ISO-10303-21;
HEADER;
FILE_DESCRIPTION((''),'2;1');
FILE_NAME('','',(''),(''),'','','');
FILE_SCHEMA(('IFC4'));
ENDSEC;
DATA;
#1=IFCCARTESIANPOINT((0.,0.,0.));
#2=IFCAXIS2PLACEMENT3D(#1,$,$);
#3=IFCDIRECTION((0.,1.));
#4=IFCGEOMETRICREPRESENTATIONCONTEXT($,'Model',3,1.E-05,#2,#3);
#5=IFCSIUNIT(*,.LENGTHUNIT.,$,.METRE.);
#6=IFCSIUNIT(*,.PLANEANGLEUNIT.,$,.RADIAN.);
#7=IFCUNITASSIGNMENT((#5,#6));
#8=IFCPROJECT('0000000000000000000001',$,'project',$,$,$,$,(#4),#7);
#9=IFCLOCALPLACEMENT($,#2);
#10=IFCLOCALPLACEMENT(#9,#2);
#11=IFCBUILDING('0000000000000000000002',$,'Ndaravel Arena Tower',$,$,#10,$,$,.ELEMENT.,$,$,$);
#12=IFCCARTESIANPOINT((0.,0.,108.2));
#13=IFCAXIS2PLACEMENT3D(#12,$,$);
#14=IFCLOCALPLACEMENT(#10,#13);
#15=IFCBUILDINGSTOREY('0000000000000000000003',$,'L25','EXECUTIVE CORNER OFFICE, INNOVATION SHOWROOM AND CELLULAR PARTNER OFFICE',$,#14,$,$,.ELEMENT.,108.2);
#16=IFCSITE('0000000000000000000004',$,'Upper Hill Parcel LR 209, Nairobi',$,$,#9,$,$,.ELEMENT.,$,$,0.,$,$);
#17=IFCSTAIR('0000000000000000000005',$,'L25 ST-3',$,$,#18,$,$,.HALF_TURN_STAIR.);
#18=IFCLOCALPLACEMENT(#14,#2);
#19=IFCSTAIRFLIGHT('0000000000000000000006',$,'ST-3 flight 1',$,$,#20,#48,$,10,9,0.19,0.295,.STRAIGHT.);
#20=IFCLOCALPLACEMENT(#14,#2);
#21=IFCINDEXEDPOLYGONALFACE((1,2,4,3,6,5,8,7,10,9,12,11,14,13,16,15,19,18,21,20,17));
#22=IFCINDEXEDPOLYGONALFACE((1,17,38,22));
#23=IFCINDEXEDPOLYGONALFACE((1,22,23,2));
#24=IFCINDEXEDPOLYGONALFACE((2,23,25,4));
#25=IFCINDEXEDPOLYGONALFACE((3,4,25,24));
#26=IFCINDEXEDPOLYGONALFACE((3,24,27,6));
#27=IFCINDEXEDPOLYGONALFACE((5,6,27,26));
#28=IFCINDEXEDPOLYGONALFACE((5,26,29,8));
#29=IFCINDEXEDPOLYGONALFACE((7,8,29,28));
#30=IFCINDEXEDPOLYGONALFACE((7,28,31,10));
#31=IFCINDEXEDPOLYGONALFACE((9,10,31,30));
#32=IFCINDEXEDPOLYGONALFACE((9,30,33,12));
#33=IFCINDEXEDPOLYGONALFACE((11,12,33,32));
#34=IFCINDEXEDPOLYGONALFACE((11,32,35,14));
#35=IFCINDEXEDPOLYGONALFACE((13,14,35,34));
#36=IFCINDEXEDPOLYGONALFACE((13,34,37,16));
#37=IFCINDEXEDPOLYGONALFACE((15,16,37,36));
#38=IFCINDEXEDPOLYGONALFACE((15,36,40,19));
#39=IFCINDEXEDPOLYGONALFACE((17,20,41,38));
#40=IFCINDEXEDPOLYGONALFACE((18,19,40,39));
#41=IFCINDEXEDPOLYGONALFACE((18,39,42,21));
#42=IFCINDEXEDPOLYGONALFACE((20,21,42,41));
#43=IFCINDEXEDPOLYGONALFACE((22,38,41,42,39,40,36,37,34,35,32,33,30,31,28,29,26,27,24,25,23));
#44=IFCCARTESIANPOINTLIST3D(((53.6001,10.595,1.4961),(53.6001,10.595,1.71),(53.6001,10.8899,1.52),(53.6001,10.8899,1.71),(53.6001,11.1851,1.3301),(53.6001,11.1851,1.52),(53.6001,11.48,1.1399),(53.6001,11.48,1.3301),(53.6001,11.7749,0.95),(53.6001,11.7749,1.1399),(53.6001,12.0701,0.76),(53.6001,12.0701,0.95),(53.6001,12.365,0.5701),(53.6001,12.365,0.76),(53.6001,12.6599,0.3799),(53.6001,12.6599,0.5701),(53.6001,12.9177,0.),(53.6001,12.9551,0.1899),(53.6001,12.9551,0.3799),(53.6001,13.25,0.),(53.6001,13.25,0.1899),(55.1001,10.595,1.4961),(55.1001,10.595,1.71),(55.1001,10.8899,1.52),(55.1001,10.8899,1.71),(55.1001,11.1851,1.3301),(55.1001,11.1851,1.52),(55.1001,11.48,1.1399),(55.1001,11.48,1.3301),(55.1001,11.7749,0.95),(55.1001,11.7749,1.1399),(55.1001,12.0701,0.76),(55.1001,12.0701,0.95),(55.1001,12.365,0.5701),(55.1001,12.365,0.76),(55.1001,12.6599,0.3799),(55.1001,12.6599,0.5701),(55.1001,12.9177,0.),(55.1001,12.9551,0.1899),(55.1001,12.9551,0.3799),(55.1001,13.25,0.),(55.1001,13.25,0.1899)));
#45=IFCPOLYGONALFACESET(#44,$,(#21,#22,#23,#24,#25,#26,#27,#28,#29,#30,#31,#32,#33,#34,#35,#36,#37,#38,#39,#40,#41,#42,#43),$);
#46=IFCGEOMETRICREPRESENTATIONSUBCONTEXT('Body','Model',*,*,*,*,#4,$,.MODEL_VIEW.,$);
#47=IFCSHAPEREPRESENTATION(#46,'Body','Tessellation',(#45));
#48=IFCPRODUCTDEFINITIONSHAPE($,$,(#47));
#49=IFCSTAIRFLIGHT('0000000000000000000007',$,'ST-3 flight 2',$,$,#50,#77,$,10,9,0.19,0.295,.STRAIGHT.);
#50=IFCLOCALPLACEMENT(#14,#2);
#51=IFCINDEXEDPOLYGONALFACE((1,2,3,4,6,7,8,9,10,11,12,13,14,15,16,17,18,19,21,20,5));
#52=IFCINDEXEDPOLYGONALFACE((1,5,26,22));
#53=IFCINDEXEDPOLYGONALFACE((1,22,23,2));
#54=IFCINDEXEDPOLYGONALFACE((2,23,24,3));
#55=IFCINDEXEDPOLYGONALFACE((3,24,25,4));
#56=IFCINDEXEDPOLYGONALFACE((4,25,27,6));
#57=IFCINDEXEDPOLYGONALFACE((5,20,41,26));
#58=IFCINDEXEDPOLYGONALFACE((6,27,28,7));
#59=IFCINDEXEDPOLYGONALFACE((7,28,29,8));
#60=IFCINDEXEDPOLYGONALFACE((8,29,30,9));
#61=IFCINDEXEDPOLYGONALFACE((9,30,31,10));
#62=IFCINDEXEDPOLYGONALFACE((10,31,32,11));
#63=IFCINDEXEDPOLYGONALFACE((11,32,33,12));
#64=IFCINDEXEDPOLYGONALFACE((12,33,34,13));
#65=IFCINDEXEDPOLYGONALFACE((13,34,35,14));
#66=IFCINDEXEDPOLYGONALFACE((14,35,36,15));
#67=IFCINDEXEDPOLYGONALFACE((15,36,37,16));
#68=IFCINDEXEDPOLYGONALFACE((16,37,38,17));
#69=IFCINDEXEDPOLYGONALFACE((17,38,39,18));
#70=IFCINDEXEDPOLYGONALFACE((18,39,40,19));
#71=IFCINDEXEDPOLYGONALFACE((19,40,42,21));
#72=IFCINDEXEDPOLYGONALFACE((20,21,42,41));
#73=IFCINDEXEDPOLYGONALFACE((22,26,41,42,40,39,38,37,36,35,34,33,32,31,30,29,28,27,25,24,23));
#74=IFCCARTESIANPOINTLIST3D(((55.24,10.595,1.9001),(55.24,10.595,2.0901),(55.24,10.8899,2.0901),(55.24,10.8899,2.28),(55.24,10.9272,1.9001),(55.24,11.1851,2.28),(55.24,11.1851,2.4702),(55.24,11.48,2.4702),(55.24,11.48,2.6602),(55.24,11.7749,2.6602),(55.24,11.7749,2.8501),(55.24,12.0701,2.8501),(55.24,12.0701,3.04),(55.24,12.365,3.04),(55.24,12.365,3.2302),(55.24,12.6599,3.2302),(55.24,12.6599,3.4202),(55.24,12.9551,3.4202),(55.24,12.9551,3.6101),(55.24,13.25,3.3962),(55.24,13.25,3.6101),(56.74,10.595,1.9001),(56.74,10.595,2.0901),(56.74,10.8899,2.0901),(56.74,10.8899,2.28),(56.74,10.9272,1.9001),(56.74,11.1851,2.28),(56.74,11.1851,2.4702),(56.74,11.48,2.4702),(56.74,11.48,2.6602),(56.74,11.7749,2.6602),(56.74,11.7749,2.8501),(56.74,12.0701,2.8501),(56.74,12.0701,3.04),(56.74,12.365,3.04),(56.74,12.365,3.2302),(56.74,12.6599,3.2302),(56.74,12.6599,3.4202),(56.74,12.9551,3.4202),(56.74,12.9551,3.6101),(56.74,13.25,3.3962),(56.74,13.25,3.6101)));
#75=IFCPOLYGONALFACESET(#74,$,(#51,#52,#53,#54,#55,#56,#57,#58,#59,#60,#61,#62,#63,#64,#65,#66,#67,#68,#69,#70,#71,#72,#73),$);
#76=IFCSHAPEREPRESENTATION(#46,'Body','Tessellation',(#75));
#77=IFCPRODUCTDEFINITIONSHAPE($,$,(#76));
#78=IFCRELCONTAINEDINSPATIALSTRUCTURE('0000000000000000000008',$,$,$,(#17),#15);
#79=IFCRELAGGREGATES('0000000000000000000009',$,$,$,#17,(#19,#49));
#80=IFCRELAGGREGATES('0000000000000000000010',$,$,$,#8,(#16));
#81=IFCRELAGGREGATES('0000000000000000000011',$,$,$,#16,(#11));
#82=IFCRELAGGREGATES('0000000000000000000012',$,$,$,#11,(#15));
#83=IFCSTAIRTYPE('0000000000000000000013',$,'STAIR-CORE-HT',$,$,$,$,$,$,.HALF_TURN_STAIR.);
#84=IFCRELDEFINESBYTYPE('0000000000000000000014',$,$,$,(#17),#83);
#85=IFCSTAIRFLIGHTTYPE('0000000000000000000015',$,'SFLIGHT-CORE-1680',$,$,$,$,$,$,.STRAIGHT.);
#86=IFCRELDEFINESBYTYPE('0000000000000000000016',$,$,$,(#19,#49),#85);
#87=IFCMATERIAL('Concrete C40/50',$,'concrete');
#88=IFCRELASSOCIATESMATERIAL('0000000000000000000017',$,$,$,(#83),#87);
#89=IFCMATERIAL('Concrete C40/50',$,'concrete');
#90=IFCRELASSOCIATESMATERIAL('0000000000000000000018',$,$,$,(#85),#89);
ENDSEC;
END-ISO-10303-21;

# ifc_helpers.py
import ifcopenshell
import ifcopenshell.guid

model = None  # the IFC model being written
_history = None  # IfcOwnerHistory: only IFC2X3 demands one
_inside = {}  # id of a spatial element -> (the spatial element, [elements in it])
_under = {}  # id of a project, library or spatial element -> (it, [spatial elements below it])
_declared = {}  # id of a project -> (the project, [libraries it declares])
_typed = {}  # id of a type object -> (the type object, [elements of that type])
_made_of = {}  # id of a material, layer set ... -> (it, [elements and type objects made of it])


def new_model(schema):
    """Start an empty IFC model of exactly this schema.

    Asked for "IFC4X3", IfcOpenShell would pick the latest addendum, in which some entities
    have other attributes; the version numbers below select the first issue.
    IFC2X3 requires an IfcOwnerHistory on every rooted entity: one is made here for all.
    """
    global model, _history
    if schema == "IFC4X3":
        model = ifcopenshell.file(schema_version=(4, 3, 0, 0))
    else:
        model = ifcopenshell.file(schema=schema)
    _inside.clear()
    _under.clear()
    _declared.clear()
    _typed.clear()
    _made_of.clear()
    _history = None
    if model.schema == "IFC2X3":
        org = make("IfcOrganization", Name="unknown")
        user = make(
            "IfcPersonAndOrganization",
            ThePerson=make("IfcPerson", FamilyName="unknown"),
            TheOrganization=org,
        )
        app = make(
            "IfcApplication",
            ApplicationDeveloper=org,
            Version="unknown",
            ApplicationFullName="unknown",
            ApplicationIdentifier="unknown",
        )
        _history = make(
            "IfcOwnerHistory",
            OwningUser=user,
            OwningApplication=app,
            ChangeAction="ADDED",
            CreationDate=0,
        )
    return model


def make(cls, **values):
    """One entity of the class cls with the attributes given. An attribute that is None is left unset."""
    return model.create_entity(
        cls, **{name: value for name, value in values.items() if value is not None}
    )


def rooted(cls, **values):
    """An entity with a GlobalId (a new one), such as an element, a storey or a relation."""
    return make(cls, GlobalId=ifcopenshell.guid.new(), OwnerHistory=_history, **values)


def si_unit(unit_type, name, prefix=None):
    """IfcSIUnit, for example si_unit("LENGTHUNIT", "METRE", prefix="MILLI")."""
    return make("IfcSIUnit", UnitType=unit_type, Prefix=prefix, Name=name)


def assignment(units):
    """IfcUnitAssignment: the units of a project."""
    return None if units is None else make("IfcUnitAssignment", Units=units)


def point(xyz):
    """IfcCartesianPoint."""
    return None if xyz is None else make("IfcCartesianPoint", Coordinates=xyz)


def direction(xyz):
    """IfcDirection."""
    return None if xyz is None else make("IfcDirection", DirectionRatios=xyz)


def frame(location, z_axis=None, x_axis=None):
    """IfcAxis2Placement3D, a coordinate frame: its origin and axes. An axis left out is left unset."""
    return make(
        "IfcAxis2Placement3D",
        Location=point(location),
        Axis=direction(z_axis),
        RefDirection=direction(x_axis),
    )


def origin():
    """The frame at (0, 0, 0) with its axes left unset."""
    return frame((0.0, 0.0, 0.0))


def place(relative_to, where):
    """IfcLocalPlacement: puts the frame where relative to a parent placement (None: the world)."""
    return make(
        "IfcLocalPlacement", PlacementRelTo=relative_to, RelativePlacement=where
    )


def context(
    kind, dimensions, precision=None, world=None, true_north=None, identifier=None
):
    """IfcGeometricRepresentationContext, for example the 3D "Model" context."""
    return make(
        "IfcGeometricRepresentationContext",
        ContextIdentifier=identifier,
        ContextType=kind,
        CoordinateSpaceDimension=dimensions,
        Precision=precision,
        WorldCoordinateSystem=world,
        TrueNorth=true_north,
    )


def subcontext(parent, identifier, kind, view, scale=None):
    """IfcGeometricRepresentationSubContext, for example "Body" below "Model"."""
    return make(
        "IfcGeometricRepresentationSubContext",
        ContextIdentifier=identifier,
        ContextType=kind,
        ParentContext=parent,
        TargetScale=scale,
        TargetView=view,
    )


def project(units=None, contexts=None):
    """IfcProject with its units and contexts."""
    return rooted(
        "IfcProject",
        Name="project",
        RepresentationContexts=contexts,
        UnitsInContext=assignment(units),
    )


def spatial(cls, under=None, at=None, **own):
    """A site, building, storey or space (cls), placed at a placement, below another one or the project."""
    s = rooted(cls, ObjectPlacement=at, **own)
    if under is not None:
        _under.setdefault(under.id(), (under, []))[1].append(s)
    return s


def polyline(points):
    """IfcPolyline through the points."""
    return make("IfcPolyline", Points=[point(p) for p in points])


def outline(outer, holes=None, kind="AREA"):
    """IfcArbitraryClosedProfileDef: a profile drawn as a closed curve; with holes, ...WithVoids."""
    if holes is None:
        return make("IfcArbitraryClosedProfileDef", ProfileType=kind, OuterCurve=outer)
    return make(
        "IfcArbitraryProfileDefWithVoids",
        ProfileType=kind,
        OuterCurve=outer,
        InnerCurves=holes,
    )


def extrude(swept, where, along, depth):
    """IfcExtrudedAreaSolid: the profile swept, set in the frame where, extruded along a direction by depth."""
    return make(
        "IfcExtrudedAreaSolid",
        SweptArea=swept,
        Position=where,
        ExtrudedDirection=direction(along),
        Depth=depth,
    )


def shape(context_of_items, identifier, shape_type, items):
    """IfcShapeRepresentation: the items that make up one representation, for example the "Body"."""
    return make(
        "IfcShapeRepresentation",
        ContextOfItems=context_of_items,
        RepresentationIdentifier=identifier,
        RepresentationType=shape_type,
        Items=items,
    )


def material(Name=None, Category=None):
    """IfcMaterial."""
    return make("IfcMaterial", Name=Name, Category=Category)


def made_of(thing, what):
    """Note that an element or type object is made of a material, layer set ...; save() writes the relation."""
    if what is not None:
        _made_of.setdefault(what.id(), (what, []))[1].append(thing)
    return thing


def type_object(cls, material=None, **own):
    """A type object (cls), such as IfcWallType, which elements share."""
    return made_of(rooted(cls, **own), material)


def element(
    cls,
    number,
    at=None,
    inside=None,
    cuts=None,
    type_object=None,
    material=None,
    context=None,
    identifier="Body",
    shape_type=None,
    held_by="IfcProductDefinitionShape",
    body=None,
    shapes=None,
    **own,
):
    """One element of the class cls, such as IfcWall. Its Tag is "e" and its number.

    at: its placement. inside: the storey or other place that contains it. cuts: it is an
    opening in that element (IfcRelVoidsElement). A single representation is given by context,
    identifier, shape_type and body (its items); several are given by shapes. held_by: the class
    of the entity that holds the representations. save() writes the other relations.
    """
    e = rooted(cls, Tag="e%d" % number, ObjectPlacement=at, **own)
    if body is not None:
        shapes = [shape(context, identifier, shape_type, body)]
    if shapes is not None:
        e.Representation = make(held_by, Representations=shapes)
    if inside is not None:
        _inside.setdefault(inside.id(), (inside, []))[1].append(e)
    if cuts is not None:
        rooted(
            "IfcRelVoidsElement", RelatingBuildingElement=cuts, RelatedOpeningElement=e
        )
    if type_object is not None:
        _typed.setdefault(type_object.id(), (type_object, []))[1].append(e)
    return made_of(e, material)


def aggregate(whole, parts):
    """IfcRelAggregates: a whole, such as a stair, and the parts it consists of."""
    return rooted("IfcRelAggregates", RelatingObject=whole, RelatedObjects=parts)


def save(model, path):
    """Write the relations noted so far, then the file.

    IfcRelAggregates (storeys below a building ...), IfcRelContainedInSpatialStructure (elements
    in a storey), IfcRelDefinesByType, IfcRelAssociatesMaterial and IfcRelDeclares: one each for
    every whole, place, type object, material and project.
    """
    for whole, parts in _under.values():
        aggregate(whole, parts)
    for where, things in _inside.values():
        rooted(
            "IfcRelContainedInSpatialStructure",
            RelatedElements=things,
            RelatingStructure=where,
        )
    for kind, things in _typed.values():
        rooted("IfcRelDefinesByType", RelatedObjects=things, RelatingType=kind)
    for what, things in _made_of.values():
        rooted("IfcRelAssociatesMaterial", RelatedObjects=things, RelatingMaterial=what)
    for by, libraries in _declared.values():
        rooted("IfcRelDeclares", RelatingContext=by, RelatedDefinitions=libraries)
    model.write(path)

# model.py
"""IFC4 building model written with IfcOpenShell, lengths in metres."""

from ifc_helpers import new_model, si_unit, direction, frame, origin, place, context, subcontext, project, spatial, polyline, outline, extrude, material, type_object, element, aggregate, save


model = new_model("IFC4")

# Units and contexts
model_context = context("Model", 3, precision=1e-05, world=origin(), true_north=direction((0.0, 1.0)))
body_context = subcontext(model_context, "Body", "Model", "MODEL_VIEW")
ifc_project = project(units=[si_unit("LENGTHUNIT", "METRE"), si_unit("PLANEANGLEUNIT", "RADIAN")], contexts=[model_context])

# Site, building, storey
site_placement = place(None, origin())
site = spatial("IfcSite", under=ifc_project, at=site_placement, Name="Upper Hill Parcel LR 209, Nairobi", CompositionType="ELEMENT", RefElevation=0.0)
building_placement = place(site_placement, origin())
building = spatial("IfcBuilding", under=site, at=building_placement, Name="Ndaravel Arena Tower", CompositionType="ELEMENT")
storey_placement = place(building_placement, frame((0.0, 0.0, 108.2)))
storey = spatial("IfcBuildingStorey", under=building, at=storey_placement, Name="L25", Description="EXECUTIVE CORNER OFFICE, INNOVATION SHOWROOM AND CELLULAR PARTNER OFFICE", CompositionType="ELEMENT", Elevation=108.2)

# Stair, stair flights
ifc_material_1 = material(Name="Concrete C40/50", Category="concrete")
stair_type = type_object("IfcStairType", Name="STAIR-CORE-HT", PredefinedType="HALF_TURN_STAIR", material=ifc_material_1)
stair_placement = place(storey_placement, origin())
stair = element("IfcStair", 1, at=stair_placement, inside=storey, type_object=stair_type, Name="L25 ST-3", PredefinedType="HALF_TURN_STAIR")
ifc_material_2 = material(Name="Concrete C40/50", Category="concrete")
stair_flight_type = type_object("IfcStairFlightType", Name="SFLIGHT-CORE-1680", PredefinedType="STRAIGHT", material=ifc_material_2)
stair_flight_1_placement = place(storey_placement, frame((54.3501, 13.25, 0.0), z_axis=(0.0, 0.0, 1.0), x_axis=(0.0, -1.0, 0.0)))
stair_flight_1 = element("IfcStairFlight", 2, at=stair_flight_1_placement, type_object=stair_flight_type, Name="ST-3 flight 1", NumberOfRisers=10, NumberOfTreads=9, PredefinedType="STRAIGHT", RiserHeight=0.19, TreadLength=0.295, context=body_context, shape_type="SweptSolid", body=[
    extrude(outline(polyline([(0.0, 0.0), (0.0, 0.1899), (0.2949, 0.1899), (0.2949, 0.3799), (0.5901, 0.3799), (0.5901, 0.5701), (0.885, 0.5701), (0.885, 0.76), (1.1799, 0.76), (1.1799, 0.95), (1.4751, 0.95), (1.4751, 1.1399), (1.77, 1.1399), (1.77, 1.3301), (2.0649, 1.3301), (2.0649, 1.52), (2.3601, 1.52), (2.3601, 1.71), (2.655, 1.71), (2.655, 1.8999), (2.655, 1.4961), (0.3323, 0.0), (0.0, 0.0)])), frame((0.0, 0.75, 0.0), z_axis=(0.0, -1.0, 0.0), x_axis=(1.0, 0.0, 0.0)), (0.0, 0.0, 1.0), 1.5),
])
stair_flight_2_placement = place(storey_placement, frame((55.99, 10.595, 1.9001), z_axis=(0.0, 0.0, 1.0), x_axis=(0.0, 1.0, 0.0)))
stair_flight_2 = element("IfcStairFlight", 3, at=stair_flight_2_placement, type_object=stair_flight_type, Name="ST-3 flight 2", NumberOfRisers=10, NumberOfTreads=9, PredefinedType="STRAIGHT", RiserHeight=0.19, TreadLength=0.295, context=body_context, shape_type="SweptSolid", body=[
    extrude(outline(polyline([(0.0, 0.0), (0.0, 0.1899), (0.2949, 0.1899), (0.2949, 0.3799), (0.5901, 0.3799), (0.5901, 0.5701), (0.885, 0.5701), (0.885, 0.76), (1.1799, 0.76), (1.1799, 0.95), (1.4751, 0.95), (1.4751, 1.1399), (1.77, 1.1399), (1.77, 1.3301), (2.0649, 1.3301), (2.0649, 1.52), (2.3601, 1.52), (2.3601, 1.71), (2.655, 1.71), (2.655, 1.8999), (2.655, 1.4961), (0.3323, 0.0), (0.0, 0.0)])), frame((0.0, 0.75, 0.0), z_axis=(0.0, -1.0, 0.0), x_axis=(1.0, 0.0, 0.0)), (0.0, 0.0, 1.0), 1.5),
])
aggregate(stair, [stair_flight_1, stair_flight_2])

save(model, "model.ifc")
